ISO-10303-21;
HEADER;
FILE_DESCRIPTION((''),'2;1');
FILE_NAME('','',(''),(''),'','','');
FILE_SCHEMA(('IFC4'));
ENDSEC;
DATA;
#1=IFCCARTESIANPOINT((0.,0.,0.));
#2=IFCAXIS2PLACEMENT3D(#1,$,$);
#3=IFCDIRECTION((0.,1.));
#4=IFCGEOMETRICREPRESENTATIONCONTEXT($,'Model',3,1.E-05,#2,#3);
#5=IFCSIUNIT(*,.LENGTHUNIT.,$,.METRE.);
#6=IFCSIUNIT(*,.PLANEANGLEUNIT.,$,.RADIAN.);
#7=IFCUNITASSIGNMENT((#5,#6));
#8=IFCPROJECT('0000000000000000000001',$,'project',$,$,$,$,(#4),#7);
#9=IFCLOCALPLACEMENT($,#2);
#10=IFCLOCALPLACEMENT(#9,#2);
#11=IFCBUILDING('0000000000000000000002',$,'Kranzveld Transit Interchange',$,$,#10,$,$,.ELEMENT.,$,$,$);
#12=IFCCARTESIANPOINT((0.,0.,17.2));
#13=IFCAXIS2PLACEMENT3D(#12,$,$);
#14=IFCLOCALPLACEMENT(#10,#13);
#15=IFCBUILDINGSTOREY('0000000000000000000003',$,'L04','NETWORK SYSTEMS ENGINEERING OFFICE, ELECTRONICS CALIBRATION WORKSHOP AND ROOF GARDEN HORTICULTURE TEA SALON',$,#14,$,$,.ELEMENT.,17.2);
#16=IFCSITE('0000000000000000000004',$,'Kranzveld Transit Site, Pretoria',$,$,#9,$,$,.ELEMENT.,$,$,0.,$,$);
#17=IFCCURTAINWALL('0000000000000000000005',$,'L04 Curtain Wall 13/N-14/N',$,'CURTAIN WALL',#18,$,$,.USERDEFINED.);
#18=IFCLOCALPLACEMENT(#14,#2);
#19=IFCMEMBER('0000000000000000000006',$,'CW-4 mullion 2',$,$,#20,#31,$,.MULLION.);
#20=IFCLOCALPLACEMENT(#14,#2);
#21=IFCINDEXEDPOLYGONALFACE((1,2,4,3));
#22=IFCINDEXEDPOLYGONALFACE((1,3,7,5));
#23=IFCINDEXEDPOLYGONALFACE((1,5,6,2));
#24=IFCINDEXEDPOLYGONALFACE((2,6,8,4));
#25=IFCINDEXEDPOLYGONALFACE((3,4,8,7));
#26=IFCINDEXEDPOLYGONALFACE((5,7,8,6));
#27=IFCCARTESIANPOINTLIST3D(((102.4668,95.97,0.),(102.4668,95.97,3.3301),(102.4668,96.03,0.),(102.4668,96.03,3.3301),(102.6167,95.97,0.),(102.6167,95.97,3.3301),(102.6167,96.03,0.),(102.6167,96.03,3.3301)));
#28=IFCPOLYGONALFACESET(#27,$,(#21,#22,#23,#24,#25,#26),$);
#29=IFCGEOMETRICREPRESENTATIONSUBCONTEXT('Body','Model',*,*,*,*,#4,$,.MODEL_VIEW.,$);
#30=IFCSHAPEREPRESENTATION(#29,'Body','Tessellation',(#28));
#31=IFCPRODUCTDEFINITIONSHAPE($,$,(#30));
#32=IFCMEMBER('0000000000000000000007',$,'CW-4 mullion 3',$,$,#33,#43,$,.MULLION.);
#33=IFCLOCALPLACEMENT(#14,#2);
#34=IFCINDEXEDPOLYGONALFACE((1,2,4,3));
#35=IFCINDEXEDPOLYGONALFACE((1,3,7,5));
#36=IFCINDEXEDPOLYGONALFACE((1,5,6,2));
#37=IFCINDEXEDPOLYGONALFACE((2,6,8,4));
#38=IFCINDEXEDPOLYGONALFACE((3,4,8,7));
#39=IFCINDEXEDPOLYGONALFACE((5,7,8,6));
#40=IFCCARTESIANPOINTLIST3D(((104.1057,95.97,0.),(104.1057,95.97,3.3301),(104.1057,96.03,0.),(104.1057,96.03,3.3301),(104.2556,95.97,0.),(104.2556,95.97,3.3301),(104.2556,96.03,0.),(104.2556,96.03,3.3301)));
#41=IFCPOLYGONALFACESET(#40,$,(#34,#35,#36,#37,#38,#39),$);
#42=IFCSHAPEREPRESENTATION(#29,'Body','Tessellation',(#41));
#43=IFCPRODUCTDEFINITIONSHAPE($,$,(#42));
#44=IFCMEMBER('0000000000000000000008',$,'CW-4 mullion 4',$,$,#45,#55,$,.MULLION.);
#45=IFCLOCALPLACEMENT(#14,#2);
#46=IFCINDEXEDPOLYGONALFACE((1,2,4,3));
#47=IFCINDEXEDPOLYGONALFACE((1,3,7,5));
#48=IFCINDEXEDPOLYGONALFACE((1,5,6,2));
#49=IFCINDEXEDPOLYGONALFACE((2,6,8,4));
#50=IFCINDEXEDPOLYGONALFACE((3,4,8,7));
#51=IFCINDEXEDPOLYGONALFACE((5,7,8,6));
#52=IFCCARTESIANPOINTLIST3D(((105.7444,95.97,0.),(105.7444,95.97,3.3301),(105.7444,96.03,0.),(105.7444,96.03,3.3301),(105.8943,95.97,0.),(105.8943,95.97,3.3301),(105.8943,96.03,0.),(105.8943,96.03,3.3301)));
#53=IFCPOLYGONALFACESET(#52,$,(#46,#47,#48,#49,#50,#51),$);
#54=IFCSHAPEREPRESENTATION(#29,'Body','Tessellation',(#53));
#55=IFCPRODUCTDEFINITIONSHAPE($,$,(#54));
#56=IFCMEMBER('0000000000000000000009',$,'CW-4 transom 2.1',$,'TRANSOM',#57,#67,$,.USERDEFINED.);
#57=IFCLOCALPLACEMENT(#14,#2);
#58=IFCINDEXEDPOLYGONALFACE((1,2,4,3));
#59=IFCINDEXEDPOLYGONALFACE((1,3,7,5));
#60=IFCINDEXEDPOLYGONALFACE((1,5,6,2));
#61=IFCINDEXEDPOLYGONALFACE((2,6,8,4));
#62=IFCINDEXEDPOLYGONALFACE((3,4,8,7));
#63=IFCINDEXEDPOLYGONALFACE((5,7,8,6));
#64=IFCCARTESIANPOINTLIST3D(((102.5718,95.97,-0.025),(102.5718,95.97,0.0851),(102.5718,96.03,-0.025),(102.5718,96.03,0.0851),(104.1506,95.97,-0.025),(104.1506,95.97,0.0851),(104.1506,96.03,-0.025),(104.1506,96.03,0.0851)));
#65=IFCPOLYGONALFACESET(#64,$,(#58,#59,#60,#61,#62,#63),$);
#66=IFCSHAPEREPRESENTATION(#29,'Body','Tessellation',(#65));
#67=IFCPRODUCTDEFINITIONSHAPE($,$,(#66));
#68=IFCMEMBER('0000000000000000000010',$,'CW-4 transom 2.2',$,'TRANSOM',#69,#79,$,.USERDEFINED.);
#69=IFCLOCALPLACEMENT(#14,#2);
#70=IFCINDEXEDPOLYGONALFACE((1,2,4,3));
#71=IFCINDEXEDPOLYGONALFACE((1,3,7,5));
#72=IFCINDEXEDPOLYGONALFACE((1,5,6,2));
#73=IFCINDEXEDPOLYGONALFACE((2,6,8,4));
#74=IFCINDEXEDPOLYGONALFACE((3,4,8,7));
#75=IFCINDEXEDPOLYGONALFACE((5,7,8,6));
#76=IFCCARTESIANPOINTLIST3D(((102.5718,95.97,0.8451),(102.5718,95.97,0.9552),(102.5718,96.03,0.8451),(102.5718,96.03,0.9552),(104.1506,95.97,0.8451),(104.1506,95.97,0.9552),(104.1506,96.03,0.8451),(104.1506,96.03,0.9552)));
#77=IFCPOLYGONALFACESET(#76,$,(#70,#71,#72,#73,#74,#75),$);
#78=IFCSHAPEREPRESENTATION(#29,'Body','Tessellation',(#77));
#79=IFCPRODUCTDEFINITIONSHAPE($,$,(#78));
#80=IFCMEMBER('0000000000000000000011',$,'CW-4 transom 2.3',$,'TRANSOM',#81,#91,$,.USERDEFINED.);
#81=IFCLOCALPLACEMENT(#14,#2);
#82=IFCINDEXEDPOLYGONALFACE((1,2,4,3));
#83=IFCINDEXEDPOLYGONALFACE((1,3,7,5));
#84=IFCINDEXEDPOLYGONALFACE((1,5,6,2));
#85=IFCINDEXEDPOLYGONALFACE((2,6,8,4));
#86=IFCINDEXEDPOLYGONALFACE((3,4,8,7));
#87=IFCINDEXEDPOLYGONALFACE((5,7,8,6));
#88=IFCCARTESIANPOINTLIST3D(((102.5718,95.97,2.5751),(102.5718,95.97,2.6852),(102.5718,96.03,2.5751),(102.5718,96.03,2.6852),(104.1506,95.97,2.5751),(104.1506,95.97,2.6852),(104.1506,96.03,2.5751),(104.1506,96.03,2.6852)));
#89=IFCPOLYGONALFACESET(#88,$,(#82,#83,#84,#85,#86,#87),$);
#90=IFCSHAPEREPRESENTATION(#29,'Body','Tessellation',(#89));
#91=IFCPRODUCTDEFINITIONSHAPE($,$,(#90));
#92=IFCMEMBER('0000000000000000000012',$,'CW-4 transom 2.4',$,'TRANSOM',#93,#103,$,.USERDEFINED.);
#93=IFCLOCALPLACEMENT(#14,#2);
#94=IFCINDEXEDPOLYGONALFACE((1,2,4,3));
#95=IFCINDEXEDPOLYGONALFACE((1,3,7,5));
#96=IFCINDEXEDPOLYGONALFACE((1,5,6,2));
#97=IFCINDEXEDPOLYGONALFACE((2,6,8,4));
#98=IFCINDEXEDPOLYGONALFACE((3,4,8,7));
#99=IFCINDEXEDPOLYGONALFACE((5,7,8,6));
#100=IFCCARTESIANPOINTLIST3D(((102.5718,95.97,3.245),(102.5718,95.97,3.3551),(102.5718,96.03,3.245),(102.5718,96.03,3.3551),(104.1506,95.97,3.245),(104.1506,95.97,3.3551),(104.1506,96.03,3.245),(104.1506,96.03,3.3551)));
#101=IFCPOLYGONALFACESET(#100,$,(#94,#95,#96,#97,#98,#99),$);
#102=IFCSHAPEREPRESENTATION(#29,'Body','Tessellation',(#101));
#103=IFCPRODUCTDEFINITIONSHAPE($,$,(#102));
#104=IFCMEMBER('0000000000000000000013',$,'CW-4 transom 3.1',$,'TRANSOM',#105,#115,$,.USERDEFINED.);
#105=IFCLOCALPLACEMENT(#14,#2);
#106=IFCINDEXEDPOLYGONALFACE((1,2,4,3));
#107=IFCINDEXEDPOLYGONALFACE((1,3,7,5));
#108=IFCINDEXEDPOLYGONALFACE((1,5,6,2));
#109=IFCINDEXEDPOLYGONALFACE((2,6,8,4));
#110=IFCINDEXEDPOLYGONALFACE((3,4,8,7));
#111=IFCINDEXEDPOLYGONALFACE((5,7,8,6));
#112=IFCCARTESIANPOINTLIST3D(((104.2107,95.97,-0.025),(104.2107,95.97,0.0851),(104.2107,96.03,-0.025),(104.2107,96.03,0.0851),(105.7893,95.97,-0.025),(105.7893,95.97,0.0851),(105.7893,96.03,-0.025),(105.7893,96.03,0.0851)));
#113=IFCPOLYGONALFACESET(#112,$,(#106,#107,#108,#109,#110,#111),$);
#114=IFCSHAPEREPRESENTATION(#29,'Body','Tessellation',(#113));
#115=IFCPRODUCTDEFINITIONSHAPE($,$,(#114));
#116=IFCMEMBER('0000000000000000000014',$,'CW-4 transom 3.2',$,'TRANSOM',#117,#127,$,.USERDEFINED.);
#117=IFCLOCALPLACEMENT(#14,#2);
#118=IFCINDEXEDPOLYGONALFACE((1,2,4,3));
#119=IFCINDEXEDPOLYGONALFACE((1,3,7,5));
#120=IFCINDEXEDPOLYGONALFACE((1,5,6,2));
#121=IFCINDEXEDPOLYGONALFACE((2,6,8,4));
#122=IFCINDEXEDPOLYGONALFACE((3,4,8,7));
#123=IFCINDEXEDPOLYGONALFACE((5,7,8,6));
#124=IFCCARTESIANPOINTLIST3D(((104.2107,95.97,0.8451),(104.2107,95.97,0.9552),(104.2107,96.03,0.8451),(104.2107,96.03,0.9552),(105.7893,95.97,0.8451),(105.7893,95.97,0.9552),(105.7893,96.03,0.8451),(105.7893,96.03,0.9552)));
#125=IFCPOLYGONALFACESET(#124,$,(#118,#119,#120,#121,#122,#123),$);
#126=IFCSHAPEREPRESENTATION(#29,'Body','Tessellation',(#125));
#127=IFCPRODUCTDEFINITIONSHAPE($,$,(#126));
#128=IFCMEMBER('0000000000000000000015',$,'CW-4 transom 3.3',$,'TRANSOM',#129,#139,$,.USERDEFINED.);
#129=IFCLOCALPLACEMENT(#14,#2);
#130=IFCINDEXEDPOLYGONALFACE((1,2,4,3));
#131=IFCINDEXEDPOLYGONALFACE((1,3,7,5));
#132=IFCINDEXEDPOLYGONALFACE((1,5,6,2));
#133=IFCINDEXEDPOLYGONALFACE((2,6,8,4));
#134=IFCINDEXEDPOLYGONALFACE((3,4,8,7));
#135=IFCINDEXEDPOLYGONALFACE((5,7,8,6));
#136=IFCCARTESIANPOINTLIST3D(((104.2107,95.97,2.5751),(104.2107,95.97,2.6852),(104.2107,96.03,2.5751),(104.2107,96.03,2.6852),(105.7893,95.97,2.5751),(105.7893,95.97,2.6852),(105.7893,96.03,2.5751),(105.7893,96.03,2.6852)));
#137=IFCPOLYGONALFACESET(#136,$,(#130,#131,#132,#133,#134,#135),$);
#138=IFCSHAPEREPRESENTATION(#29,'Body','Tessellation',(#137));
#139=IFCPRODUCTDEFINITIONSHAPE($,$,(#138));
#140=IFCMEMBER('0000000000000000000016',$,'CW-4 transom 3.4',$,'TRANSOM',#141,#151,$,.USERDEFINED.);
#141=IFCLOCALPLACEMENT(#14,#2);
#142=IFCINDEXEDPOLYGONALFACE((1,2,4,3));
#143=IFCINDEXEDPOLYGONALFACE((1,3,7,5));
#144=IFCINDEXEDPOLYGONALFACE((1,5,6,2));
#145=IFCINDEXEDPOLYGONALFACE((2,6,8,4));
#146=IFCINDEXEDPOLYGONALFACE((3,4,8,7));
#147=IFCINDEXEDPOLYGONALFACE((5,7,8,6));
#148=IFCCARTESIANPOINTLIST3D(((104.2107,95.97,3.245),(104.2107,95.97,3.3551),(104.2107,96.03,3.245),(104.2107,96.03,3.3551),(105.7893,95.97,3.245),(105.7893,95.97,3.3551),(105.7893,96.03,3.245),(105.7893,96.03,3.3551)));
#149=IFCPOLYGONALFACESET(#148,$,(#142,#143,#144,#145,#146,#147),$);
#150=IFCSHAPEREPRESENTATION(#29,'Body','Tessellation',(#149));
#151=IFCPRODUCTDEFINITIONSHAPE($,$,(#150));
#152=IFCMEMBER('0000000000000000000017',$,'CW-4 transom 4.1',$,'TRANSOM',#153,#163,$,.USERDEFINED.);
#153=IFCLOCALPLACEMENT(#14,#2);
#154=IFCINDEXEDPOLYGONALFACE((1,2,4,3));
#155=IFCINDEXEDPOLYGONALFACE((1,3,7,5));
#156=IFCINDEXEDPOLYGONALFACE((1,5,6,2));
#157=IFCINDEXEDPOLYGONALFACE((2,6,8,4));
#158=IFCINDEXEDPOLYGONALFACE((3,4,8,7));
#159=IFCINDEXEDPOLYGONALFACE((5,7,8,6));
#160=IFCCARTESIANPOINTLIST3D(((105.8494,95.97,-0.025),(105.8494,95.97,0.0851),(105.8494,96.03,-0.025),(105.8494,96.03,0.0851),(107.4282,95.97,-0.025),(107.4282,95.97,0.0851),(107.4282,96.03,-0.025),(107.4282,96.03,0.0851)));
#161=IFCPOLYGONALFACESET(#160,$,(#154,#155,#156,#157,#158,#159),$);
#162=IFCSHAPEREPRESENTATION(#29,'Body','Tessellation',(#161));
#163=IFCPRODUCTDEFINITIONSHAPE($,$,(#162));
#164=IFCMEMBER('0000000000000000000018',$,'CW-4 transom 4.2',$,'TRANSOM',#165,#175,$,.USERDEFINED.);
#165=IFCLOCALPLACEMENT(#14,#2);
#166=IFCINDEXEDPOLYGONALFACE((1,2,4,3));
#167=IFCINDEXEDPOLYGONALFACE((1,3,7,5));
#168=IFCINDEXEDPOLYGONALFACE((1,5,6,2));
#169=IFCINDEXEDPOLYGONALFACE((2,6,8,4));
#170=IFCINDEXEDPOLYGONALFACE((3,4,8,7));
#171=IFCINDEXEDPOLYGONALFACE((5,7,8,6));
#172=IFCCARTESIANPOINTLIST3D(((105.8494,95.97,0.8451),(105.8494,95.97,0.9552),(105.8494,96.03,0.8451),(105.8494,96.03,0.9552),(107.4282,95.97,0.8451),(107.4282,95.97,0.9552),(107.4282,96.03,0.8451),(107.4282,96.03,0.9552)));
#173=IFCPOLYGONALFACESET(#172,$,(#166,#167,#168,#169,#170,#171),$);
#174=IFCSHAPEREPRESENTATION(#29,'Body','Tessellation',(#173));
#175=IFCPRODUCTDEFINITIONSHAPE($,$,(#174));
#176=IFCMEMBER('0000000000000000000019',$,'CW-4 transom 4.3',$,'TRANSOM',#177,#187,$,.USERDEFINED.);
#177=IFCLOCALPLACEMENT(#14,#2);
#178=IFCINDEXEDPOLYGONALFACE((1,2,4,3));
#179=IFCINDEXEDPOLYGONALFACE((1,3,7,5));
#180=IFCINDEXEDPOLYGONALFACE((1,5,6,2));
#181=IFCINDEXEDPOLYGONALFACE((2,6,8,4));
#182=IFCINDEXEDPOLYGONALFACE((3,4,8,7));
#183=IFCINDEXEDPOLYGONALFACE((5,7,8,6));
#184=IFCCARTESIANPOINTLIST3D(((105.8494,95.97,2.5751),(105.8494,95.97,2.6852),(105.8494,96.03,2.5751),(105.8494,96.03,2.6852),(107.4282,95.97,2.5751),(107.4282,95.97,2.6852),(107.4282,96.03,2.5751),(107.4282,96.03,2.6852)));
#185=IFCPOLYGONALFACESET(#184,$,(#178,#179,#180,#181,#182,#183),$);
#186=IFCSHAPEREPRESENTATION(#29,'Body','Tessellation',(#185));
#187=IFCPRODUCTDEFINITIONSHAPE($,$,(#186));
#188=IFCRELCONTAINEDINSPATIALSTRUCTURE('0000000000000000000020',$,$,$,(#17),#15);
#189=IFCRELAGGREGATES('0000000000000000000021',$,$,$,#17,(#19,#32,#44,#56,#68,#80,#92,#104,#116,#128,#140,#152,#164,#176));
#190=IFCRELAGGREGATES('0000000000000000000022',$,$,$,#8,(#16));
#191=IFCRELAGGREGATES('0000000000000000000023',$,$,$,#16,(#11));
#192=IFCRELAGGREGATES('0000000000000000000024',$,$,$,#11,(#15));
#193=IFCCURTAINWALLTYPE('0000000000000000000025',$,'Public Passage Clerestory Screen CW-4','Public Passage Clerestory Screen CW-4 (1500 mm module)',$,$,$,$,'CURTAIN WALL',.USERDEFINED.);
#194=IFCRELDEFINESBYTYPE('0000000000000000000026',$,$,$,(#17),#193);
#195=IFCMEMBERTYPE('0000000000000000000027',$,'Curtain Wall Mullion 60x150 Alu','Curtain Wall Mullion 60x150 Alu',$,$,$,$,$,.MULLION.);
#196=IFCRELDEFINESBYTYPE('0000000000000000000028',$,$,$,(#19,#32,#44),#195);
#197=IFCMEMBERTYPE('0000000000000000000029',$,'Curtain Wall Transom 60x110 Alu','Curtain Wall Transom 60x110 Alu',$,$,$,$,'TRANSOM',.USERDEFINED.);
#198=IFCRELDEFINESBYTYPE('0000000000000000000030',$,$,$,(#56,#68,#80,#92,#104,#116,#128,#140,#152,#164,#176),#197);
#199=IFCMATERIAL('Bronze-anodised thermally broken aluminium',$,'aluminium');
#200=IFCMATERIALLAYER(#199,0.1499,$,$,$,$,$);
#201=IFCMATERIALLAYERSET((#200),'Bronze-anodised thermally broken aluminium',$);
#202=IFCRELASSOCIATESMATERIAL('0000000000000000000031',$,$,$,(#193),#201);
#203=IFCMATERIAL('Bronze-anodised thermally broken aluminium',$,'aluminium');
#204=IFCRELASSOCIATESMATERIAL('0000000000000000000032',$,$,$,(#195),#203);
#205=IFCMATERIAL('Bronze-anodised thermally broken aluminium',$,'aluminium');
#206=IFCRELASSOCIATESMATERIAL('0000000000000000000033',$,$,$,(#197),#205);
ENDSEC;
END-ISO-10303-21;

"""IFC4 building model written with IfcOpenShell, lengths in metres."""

from ifc_helpers import new_model, si_unit, direction, frame, origin, origin_2d, place, context, subcontext, project, spatial, rectangle, extrude, material, layer, layer_set, material_profile, profile_set, type_object, element, aggregate, save


model = new_model("IFC4")

# Units and contexts
model_context = context("Model", 3, precision=1e-05, world=origin(), true_north=direction((0.0, 1.0)))
body_context = subcontext(model_context, "Body", "Model", "MODEL_VIEW")
ifc_project = project(units=[si_unit("LENGTHUNIT", "METRE"), si_unit("PLANEANGLEUNIT", "RADIAN")], contexts=[model_context])

# Site, building, storey
site_placement = place(None, origin())
site = spatial("IfcSite", under=ifc_project, at=site_placement, Name="Kranzveld Transit Site, Pretoria", CompositionType="ELEMENT", RefElevation=0.0)
building_placement = place(site_placement, origin())
building = spatial("IfcBuilding", under=site, at=building_placement, Name="Kranzveld Transit Interchange", CompositionType="ELEMENT")
storey_placement = place(building_placement, frame((0.0, 0.0, 17.2)))
storey = spatial("IfcBuildingStorey", under=building, at=storey_placement, Name="L04", Description="NETWORK SYSTEMS ENGINEERING OFFICE, ELECTRONICS CALIBRATION WORKSHOP AND ROOF GARDEN HORTICULTURE TEA SALON", CompositionType="ELEMENT", Elevation=17.2)

# Curtain wall, members
ifc_material_1 = material(Name="Bronze-anodised thermally broken aluminium", Category="aluminium")
ifc_layer_1 = layer(ifc_material_1, 0.1499)
ifc_layer_set_1 = layer_set([ifc_layer_1], Name="Bronze-anodised thermally broken aluminium")
curtain_wall_type = type_object("IfcCurtainWallType", Name="Public Passage Clerestory Screen CW-4", Description="Public Passage Clerestory Screen CW-4 (1500 mm module)", ElementType="CURTAIN WALL", PredefinedType="USERDEFINED", material=ifc_layer_set_1)
curtain_wall_placement = place(storey_placement, origin())
curtain_wall = element("IfcCurtainWall", 1, at=curtain_wall_placement, inside=storey, type_object=curtain_wall_type, Name="L04 Curtain Wall 13/N-14/N", ObjectType="CURTAIN WALL", PredefinedType="USERDEFINED")
ifc_material_2 = material(Name="Bronze-anodised thermally broken aluminium", Category="aluminium")
ifc_material_profile_1 = material_profile(ifc_material_2, rectangle(XDim=0.0601, YDim=0.1499, at=origin_2d()), Name="ALU MULLION 60x150")
ifc_profile_set_1 = profile_set([ifc_material_profile_1], Name="Bronze-anodised thermally broken aluminium")
member_type_1 = type_object("IfcMemberType", Name="Curtain Wall Mullion 60x150 Alu", Description="Curtain Wall Mullion 60x150 Alu", PredefinedType="MULLION", material=ifc_profile_set_1)
member_1_placement = place(storey_placement, frame((102.5417, 96.0, 0.0), z_axis=(0.0, 0.0, 1.0), x_axis=(0.0, 1.0, 0.0)))
member_1 = element("IfcMember", 2, at=member_1_placement, type_object=member_type_1, Name="CW-4 mullion 2", PredefinedType="MULLION", context=body_context, shape_type="SweptSolid", body=[
    extrude(rectangle(XDim=0.0601, YDim=0.1499, at=origin_2d()), origin(), (0.0, 0.0, 1.0), 3.3301),
])
member_2_placement = place(storey_placement, frame((104.1807, 96.0, 0.0), z_axis=(0.0, 0.0, 1.0), x_axis=(0.0, 1.0, 0.0)))
member_2 = element("IfcMember", 3, at=member_2_placement, type_object=member_type_1, Name="CW-4 mullion 3", PredefinedType="MULLION", context=body_context, shape_type="SweptSolid", body=[
    extrude(rectangle(XDim=0.0601, YDim=0.1499, at=origin_2d()), origin(), (0.0, 0.0, 1.0), 3.3301),
])
member_3_placement = place(storey_placement, frame((105.8193, 96.0, 0.0), z_axis=(0.0, 0.0, 1.0), x_axis=(0.0, 1.0, 0.0)))
member_3 = element("IfcMember", 4, at=member_3_placement, type_object=member_type_1, Name="CW-4 mullion 4", PredefinedType="MULLION", context=body_context, shape_type="SweptSolid", body=[
    extrude(rectangle(XDim=0.0601, YDim=0.1499, at=origin_2d()), origin(), (0.0, 0.0, 1.0), 3.3301),
])
ifc_material_3 = material(Name="Bronze-anodised thermally broken aluminium", Category="aluminium")
ifc_material_profile_2 = material_profile(ifc_material_3, rectangle(XDim=0.0601, YDim=0.1101, at=origin_2d()), Name="ALU TRANSOM 60x110")
ifc_profile_set_2 = profile_set([ifc_material_profile_2], Name="Bronze-anodised thermally broken aluminium")
member_type_2 = type_object("IfcMemberType", Name="Curtain Wall Transom 60x110 Alu", Description="Curtain Wall Transom 60x110 Alu", ElementType="TRANSOM", PredefinedType="USERDEFINED", material=ifc_profile_set_2)
member_4_placement = place(storey_placement, frame((102.5718, 96.0, 0.03), z_axis=(1.0, 0.0, 0.0), x_axis=(0.0, 1.0, 0.0)))
member_4 = element("IfcMember", 5, at=member_4_placement, type_object=member_type_2, Name="CW-4 transom 2.1", ObjectType="TRANSOM", PredefinedType="USERDEFINED", context=body_context, shape_type="SweptSolid", body=[
    extrude(rectangle(XDim=0.0601, YDim=0.1101, at=origin_2d()), origin(), (0.0, 0.0, 1.0), 1.5789),
])
member_5_placement = place(storey_placement, frame((102.5718, 96.0, 0.9001), z_axis=(1.0, 0.0, 0.0), x_axis=(0.0, 1.0, 0.0)))
member_5 = element("IfcMember", 6, at=member_5_placement, type_object=member_type_2, Name="CW-4 transom 2.2", ObjectType="TRANSOM", PredefinedType="USERDEFINED", context=body_context, shape_type="SweptSolid", body=[
    extrude(rectangle(XDim=0.0601, YDim=0.1101, at=origin_2d()), origin(), (0.0, 0.0, 1.0), 1.5789),
])
member_6_placement = place(storey_placement, frame((102.5718, 96.0, 2.6301), z_axis=(1.0, 0.0, 0.0), x_axis=(0.0, 1.0, 0.0)))
member_6 = element("IfcMember", 7, at=member_6_placement, type_object=member_type_2, Name="CW-4 transom 2.3", ObjectType="TRANSOM", PredefinedType="USERDEFINED", context=body_context, shape_type="SweptSolid", body=[
    extrude(rectangle(XDim=0.0601, YDim=0.1101, at=origin_2d()), origin(), (0.0, 0.0, 1.0), 1.5789),
])
member_7_placement = place(storey_placement, frame((102.5718, 96.0, 3.3), z_axis=(1.0, 0.0, 0.0), x_axis=(0.0, 1.0, 0.0)))
member_7 = element("IfcMember", 8, at=member_7_placement, type_object=member_type_2, Name="CW-4 transom 2.4", ObjectType="TRANSOM", PredefinedType="USERDEFINED", context=body_context, shape_type="SweptSolid", body=[
    extrude(rectangle(XDim=0.0601, YDim=0.1101, at=origin_2d()), origin(), (0.0, 0.0, 1.0), 1.5789),
])
member_8_placement = place(storey_placement, frame((104.2107, 96.0, 0.03), z_axis=(1.0, 0.0, 0.0), x_axis=(0.0, 1.0, 0.0)))
member_8 = element("IfcMember", 9, at=member_8_placement, type_object=member_type_2, Name="CW-4 transom 3.1", ObjectType="TRANSOM", PredefinedType="USERDEFINED", context=body_context, shape_type="SweptSolid", body=[
    extrude(rectangle(XDim=0.0601, YDim=0.1101, at=origin_2d()), origin(), (0.0, 0.0, 1.0), 1.5786),
])
member_9_placement = place(storey_placement, frame((104.2107, 96.0, 0.9001), z_axis=(1.0, 0.0, 0.0), x_axis=(0.0, 1.0, 0.0)))
member_9 = element("IfcMember", 10, at=member_9_placement, type_object=member_type_2, Name="CW-4 transom 3.2", ObjectType="TRANSOM", PredefinedType="USERDEFINED", context=body_context, shape_type="SweptSolid", body=[
    extrude(rectangle(XDim=0.0601, YDim=0.1101, at=origin_2d()), origin(), (0.0, 0.0, 1.0), 1.5786),
])
member_10_placement = place(storey_placement, frame((104.2107, 96.0, 2.6301), z_axis=(1.0, 0.0, 0.0), x_axis=(0.0, 1.0, 0.0)))
member_10 = element("IfcMember", 11, at=member_10_placement, type_object=member_type_2, Name="CW-4 transom 3.3", ObjectType="TRANSOM", PredefinedType="USERDEFINED", context=body_context, shape_type="SweptSolid", body=[
    extrude(rectangle(XDim=0.0601, YDim=0.1101, at=origin_2d()), origin(), (0.0, 0.0, 1.0), 1.5786),
])
member_11_placement = place(storey_placement, frame((104.2107, 96.0, 3.3), z_axis=(1.0, 0.0, 0.0), x_axis=(0.0, 1.0, 0.0)))
member_11 = element("IfcMember", 12, at=member_11_placement, type_object=member_type_2, Name="CW-4 transom 3.4", ObjectType="TRANSOM", PredefinedType="USERDEFINED", context=body_context, shape_type="SweptSolid", body=[
    extrude(rectangle(XDim=0.0601, YDim=0.1101, at=origin_2d()), origin(), (0.0, 0.0, 1.0), 1.5786),
])
member_12_placement = place(storey_placement, frame((105.8494, 96.0, 0.03), z_axis=(1.0, 0.0, 0.0), x_axis=(0.0, 1.0, 0.0)))
member_12 = element("IfcMember", 13, at=member_12_placement, type_object=member_type_2, Name="CW-4 transom 4.1", ObjectType="TRANSOM", PredefinedType="USERDEFINED", context=body_context, shape_type="SweptSolid", body=[
    extrude(rectangle(XDim=0.0601, YDim=0.1101, at=origin_2d()), origin(), (0.0, 0.0, 1.0), 1.5789),
])
member_13_placement = place(storey_placement, frame((105.8494, 96.0, 0.9001), z_axis=(1.0, 0.0, 0.0), x_axis=(0.0, 1.0, 0.0)))
member_13 = element("IfcMember", 14, at=member_13_placement, type_object=member_type_2, Name="CW-4 transom 4.2", ObjectType="TRANSOM", PredefinedType="USERDEFINED", context=body_context, shape_type="SweptSolid", body=[
    extrude(rectangle(XDim=0.0601, YDim=0.1101, at=origin_2d()), origin(), (0.0, 0.0, 1.0), 1.5789),
])
member_14_placement = place(storey_placement, frame((105.8494, 96.0, 2.6301), z_axis=(1.0, 0.0, 0.0), x_axis=(0.0, 1.0, 0.0)))
member_14 = element("IfcMember", 15, at=member_14_placement, type_object=member_type_2, Name="CW-4 transom 4.3", ObjectType="TRANSOM", PredefinedType="USERDEFINED", context=body_context, shape_type="SweptSolid", body=[
    extrude(rectangle(XDim=0.0601, YDim=0.1101, at=origin_2d()), origin(), (0.0, 0.0, 1.0), 1.5789),
])

aggregate(curtain_wall, [member_1, member_2, member_3, member_4, member_5, member_6, member_7, member_8, member_9, member_10, member_11, member_12, member_13, member_14])

save(model, "model.ifc")
